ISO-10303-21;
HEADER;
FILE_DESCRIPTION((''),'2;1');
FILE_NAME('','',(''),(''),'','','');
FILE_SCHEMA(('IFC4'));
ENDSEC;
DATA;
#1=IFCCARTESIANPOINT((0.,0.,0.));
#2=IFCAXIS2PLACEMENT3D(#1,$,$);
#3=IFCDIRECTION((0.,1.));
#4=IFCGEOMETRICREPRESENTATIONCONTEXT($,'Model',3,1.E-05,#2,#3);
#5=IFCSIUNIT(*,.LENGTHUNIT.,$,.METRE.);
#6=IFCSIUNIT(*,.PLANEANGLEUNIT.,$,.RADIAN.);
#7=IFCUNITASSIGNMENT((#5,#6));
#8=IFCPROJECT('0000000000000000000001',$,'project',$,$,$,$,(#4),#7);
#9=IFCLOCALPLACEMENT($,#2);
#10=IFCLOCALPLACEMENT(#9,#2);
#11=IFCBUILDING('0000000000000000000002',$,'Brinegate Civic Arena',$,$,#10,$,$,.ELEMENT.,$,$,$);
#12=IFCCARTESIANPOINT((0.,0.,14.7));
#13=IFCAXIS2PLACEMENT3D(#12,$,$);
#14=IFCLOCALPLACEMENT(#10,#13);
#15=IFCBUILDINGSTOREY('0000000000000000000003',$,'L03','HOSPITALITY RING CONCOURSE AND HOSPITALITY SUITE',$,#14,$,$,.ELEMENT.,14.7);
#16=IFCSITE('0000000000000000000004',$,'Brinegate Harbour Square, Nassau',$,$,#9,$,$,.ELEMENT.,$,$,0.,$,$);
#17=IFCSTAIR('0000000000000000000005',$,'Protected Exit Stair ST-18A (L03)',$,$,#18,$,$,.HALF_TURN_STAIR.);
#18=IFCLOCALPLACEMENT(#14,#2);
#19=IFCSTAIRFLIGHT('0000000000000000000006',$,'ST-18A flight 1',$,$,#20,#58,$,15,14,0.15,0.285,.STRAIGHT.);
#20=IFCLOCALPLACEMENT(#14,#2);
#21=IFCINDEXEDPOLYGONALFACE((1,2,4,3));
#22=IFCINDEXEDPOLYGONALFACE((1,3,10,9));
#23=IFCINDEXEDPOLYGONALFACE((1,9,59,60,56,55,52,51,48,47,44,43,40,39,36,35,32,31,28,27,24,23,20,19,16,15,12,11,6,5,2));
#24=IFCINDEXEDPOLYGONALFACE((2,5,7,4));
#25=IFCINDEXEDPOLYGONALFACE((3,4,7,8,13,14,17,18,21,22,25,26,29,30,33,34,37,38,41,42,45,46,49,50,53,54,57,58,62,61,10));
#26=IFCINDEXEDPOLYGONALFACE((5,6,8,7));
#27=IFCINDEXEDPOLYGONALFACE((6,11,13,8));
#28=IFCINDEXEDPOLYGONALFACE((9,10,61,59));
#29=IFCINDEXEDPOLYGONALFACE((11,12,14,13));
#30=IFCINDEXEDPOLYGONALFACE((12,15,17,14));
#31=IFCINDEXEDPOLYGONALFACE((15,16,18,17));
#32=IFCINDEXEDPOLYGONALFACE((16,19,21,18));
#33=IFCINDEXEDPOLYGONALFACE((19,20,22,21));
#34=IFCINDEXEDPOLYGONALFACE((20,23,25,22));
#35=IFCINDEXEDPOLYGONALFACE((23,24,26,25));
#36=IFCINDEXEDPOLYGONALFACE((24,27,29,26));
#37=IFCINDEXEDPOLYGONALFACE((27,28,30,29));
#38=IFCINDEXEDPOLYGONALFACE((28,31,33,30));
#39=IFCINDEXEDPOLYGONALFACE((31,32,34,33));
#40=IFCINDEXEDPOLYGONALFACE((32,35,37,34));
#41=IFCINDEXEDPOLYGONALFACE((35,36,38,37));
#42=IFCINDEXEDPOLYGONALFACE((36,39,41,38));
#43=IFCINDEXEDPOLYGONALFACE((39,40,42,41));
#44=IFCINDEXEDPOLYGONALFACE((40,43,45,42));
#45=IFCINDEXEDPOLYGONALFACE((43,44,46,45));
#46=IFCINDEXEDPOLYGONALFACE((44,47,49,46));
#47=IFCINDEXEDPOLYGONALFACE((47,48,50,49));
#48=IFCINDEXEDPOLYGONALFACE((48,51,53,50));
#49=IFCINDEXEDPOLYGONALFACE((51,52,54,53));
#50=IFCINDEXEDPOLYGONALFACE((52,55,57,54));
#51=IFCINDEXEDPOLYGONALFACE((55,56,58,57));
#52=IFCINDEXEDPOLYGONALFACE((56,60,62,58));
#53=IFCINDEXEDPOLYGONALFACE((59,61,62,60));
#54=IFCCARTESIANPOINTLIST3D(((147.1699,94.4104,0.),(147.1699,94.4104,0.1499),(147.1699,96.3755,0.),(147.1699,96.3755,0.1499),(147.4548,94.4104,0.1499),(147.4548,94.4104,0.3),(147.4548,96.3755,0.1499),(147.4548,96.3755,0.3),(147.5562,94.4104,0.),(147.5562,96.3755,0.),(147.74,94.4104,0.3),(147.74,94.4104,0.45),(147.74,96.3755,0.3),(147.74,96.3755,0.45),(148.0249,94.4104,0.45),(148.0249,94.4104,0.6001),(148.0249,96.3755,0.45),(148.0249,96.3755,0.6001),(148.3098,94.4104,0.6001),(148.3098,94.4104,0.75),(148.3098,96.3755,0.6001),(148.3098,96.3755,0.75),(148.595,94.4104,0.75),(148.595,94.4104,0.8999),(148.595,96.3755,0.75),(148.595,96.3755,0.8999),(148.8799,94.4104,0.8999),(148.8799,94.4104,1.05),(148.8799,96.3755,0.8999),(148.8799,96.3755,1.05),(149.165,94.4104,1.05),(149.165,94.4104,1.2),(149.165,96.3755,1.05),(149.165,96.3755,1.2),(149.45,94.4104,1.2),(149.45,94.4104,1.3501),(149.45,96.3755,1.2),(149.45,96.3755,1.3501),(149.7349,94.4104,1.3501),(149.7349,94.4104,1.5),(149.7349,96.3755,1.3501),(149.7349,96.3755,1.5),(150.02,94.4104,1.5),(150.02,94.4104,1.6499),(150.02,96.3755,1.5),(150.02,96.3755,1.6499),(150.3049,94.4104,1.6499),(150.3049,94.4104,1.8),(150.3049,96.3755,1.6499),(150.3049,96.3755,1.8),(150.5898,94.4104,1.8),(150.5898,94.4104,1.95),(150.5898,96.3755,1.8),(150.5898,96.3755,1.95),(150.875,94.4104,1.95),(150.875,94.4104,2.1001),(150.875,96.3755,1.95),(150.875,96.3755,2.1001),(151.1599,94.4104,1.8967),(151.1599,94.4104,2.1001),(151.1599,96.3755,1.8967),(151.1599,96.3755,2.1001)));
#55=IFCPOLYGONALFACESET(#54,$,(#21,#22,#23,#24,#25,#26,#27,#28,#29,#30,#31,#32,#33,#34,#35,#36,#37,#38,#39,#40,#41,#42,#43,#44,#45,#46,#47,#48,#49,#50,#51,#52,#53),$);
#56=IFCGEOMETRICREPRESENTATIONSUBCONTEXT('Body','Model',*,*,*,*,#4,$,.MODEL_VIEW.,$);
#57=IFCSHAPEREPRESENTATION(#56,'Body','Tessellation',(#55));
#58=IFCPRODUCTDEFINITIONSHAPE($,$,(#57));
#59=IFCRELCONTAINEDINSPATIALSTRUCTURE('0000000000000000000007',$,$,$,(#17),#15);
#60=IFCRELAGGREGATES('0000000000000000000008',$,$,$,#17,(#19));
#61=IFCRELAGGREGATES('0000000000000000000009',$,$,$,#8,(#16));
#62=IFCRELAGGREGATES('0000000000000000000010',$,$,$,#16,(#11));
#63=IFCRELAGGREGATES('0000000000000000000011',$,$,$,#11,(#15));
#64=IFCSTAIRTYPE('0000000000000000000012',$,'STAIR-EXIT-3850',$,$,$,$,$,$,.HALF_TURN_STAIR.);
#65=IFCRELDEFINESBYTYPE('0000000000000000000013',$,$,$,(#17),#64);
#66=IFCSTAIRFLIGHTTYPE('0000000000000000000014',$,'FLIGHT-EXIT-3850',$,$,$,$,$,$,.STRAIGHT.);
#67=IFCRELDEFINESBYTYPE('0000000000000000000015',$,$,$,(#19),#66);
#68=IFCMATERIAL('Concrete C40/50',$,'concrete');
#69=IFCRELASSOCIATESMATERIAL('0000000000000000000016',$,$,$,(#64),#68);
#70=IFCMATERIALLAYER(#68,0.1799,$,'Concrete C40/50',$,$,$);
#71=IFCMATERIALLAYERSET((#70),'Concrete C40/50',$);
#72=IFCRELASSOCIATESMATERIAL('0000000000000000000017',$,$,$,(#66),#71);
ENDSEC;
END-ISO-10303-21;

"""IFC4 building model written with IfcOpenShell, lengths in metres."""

from ifc_helpers import new_model, si_unit, direction, frame, origin, place, context, subcontext, project, spatial, polyline, outline, extrude, material, layer, layer_set, type_object, element, aggregate, save


model = new_model("IFC4")

# Units and contexts
model_context = context("Model", 3, precision=1e-05, world=origin(), true_north=direction((0.0, 1.0)))
body_context = subcontext(model_context, "Body", "Model", "MODEL_VIEW")
ifc_project = project(units=[si_unit("LENGTHUNIT", "METRE"), si_unit("PLANEANGLEUNIT", "RADIAN")], contexts=[model_context])

# Site, building, storey
site_placement = place(None, origin())
site = spatial("IfcSite", under=ifc_project, at=site_placement, Name="Brinegate Harbour Square, Nassau", CompositionType="ELEMENT", RefElevation=0.0)
building_placement = place(site_placement, origin())
building = spatial("IfcBuilding", under=site, at=building_placement, Name="Brinegate Civic Arena", CompositionType="ELEMENT")
storey_placement = place(building_placement, frame((0.0, 0.0, 14.7)))
storey = spatial("IfcBuildingStorey", under=building, at=storey_placement, Name="L03", Description="HOSPITALITY RING CONCOURSE AND HOSPITALITY SUITE", CompositionType="ELEMENT", Elevation=14.7)

# Stair, stair flight
ifc_material_1 = material(Name="Concrete C40/50", Category="concrete")
stair_type = type_object("IfcStairType", Name="STAIR-EXIT-3850", PredefinedType="HALF_TURN_STAIR", material=ifc_material_1)
stair_placement = place(storey_placement, origin())
stair = element("IfcStair", 1, at=stair_placement, inside=storey, type_object=stair_type, Name="Protected Exit Stair ST-18A (L03)", PredefinedType="HALF_TURN_STAIR")
ifc_layer_1 = layer(ifc_material_1, 0.1799, Name="Concrete C40/50")
ifc_layer_set_1 = layer_set([ifc_layer_1], Name="Concrete C40/50")
stair_flight_type = type_object("IfcStairFlightType", Name="FLIGHT-EXIT-3850", PredefinedType="STRAIGHT", material=ifc_layer_set_1)
stair_flight_placement = place(storey_placement, frame((147.1699, 95.3931, 0.0), z_axis=(0.0, 0.0, 1.0), x_axis=(1.0, 0.0, 0.0)))
stair_flight = element("IfcStairFlight", 2, at=stair_flight_placement, type_object=stair_flight_type, Name="ST-18A flight 1", NumberOfRisers=15, NumberOfTreads=14, PredefinedType="STRAIGHT", RiserHeight=0.15, TreadLength=0.285, context=body_context, shape_type="SweptSolid", body=[
    extrude(outline(polyline([(0.0, 0.0), (0.0, 0.1499), (0.2849, 0.1499), (0.2849, 0.3), (0.5701, 0.3), (0.5701, 0.45), (0.855, 0.45), (0.855, 0.6001), (1.1399, 0.6001), (1.1399, 0.75), (1.425, 0.75), (1.425, 0.8999), (1.71, 0.8999), (1.71, 1.05), (1.9951, 1.05), (1.9951, 1.2), (2.28, 1.2), (2.28, 1.3501), (2.5649, 1.3501), (2.5649, 1.5), (2.8501, 1.5), (2.8501, 1.6499), (3.135, 1.6499), (3.135, 1.8), (3.4199, 1.8), (3.4199, 1.95), (3.7051, 1.95), (3.7051, 2.1001), (3.99, 2.1001), (3.99, 2.25), (3.99, 1.8967), (0.3862, 0.0), (0.0, 0.0)])), frame((0.0, 0.9824, 0.0), z_axis=(0.0, -1.0, 0.0), x_axis=(1.0, 0.0, 0.0)), (0.0, 0.0, 1.0), 1.9651),
])
aggregate(stair, [stair_flight])

save(model, "model.ifc")
